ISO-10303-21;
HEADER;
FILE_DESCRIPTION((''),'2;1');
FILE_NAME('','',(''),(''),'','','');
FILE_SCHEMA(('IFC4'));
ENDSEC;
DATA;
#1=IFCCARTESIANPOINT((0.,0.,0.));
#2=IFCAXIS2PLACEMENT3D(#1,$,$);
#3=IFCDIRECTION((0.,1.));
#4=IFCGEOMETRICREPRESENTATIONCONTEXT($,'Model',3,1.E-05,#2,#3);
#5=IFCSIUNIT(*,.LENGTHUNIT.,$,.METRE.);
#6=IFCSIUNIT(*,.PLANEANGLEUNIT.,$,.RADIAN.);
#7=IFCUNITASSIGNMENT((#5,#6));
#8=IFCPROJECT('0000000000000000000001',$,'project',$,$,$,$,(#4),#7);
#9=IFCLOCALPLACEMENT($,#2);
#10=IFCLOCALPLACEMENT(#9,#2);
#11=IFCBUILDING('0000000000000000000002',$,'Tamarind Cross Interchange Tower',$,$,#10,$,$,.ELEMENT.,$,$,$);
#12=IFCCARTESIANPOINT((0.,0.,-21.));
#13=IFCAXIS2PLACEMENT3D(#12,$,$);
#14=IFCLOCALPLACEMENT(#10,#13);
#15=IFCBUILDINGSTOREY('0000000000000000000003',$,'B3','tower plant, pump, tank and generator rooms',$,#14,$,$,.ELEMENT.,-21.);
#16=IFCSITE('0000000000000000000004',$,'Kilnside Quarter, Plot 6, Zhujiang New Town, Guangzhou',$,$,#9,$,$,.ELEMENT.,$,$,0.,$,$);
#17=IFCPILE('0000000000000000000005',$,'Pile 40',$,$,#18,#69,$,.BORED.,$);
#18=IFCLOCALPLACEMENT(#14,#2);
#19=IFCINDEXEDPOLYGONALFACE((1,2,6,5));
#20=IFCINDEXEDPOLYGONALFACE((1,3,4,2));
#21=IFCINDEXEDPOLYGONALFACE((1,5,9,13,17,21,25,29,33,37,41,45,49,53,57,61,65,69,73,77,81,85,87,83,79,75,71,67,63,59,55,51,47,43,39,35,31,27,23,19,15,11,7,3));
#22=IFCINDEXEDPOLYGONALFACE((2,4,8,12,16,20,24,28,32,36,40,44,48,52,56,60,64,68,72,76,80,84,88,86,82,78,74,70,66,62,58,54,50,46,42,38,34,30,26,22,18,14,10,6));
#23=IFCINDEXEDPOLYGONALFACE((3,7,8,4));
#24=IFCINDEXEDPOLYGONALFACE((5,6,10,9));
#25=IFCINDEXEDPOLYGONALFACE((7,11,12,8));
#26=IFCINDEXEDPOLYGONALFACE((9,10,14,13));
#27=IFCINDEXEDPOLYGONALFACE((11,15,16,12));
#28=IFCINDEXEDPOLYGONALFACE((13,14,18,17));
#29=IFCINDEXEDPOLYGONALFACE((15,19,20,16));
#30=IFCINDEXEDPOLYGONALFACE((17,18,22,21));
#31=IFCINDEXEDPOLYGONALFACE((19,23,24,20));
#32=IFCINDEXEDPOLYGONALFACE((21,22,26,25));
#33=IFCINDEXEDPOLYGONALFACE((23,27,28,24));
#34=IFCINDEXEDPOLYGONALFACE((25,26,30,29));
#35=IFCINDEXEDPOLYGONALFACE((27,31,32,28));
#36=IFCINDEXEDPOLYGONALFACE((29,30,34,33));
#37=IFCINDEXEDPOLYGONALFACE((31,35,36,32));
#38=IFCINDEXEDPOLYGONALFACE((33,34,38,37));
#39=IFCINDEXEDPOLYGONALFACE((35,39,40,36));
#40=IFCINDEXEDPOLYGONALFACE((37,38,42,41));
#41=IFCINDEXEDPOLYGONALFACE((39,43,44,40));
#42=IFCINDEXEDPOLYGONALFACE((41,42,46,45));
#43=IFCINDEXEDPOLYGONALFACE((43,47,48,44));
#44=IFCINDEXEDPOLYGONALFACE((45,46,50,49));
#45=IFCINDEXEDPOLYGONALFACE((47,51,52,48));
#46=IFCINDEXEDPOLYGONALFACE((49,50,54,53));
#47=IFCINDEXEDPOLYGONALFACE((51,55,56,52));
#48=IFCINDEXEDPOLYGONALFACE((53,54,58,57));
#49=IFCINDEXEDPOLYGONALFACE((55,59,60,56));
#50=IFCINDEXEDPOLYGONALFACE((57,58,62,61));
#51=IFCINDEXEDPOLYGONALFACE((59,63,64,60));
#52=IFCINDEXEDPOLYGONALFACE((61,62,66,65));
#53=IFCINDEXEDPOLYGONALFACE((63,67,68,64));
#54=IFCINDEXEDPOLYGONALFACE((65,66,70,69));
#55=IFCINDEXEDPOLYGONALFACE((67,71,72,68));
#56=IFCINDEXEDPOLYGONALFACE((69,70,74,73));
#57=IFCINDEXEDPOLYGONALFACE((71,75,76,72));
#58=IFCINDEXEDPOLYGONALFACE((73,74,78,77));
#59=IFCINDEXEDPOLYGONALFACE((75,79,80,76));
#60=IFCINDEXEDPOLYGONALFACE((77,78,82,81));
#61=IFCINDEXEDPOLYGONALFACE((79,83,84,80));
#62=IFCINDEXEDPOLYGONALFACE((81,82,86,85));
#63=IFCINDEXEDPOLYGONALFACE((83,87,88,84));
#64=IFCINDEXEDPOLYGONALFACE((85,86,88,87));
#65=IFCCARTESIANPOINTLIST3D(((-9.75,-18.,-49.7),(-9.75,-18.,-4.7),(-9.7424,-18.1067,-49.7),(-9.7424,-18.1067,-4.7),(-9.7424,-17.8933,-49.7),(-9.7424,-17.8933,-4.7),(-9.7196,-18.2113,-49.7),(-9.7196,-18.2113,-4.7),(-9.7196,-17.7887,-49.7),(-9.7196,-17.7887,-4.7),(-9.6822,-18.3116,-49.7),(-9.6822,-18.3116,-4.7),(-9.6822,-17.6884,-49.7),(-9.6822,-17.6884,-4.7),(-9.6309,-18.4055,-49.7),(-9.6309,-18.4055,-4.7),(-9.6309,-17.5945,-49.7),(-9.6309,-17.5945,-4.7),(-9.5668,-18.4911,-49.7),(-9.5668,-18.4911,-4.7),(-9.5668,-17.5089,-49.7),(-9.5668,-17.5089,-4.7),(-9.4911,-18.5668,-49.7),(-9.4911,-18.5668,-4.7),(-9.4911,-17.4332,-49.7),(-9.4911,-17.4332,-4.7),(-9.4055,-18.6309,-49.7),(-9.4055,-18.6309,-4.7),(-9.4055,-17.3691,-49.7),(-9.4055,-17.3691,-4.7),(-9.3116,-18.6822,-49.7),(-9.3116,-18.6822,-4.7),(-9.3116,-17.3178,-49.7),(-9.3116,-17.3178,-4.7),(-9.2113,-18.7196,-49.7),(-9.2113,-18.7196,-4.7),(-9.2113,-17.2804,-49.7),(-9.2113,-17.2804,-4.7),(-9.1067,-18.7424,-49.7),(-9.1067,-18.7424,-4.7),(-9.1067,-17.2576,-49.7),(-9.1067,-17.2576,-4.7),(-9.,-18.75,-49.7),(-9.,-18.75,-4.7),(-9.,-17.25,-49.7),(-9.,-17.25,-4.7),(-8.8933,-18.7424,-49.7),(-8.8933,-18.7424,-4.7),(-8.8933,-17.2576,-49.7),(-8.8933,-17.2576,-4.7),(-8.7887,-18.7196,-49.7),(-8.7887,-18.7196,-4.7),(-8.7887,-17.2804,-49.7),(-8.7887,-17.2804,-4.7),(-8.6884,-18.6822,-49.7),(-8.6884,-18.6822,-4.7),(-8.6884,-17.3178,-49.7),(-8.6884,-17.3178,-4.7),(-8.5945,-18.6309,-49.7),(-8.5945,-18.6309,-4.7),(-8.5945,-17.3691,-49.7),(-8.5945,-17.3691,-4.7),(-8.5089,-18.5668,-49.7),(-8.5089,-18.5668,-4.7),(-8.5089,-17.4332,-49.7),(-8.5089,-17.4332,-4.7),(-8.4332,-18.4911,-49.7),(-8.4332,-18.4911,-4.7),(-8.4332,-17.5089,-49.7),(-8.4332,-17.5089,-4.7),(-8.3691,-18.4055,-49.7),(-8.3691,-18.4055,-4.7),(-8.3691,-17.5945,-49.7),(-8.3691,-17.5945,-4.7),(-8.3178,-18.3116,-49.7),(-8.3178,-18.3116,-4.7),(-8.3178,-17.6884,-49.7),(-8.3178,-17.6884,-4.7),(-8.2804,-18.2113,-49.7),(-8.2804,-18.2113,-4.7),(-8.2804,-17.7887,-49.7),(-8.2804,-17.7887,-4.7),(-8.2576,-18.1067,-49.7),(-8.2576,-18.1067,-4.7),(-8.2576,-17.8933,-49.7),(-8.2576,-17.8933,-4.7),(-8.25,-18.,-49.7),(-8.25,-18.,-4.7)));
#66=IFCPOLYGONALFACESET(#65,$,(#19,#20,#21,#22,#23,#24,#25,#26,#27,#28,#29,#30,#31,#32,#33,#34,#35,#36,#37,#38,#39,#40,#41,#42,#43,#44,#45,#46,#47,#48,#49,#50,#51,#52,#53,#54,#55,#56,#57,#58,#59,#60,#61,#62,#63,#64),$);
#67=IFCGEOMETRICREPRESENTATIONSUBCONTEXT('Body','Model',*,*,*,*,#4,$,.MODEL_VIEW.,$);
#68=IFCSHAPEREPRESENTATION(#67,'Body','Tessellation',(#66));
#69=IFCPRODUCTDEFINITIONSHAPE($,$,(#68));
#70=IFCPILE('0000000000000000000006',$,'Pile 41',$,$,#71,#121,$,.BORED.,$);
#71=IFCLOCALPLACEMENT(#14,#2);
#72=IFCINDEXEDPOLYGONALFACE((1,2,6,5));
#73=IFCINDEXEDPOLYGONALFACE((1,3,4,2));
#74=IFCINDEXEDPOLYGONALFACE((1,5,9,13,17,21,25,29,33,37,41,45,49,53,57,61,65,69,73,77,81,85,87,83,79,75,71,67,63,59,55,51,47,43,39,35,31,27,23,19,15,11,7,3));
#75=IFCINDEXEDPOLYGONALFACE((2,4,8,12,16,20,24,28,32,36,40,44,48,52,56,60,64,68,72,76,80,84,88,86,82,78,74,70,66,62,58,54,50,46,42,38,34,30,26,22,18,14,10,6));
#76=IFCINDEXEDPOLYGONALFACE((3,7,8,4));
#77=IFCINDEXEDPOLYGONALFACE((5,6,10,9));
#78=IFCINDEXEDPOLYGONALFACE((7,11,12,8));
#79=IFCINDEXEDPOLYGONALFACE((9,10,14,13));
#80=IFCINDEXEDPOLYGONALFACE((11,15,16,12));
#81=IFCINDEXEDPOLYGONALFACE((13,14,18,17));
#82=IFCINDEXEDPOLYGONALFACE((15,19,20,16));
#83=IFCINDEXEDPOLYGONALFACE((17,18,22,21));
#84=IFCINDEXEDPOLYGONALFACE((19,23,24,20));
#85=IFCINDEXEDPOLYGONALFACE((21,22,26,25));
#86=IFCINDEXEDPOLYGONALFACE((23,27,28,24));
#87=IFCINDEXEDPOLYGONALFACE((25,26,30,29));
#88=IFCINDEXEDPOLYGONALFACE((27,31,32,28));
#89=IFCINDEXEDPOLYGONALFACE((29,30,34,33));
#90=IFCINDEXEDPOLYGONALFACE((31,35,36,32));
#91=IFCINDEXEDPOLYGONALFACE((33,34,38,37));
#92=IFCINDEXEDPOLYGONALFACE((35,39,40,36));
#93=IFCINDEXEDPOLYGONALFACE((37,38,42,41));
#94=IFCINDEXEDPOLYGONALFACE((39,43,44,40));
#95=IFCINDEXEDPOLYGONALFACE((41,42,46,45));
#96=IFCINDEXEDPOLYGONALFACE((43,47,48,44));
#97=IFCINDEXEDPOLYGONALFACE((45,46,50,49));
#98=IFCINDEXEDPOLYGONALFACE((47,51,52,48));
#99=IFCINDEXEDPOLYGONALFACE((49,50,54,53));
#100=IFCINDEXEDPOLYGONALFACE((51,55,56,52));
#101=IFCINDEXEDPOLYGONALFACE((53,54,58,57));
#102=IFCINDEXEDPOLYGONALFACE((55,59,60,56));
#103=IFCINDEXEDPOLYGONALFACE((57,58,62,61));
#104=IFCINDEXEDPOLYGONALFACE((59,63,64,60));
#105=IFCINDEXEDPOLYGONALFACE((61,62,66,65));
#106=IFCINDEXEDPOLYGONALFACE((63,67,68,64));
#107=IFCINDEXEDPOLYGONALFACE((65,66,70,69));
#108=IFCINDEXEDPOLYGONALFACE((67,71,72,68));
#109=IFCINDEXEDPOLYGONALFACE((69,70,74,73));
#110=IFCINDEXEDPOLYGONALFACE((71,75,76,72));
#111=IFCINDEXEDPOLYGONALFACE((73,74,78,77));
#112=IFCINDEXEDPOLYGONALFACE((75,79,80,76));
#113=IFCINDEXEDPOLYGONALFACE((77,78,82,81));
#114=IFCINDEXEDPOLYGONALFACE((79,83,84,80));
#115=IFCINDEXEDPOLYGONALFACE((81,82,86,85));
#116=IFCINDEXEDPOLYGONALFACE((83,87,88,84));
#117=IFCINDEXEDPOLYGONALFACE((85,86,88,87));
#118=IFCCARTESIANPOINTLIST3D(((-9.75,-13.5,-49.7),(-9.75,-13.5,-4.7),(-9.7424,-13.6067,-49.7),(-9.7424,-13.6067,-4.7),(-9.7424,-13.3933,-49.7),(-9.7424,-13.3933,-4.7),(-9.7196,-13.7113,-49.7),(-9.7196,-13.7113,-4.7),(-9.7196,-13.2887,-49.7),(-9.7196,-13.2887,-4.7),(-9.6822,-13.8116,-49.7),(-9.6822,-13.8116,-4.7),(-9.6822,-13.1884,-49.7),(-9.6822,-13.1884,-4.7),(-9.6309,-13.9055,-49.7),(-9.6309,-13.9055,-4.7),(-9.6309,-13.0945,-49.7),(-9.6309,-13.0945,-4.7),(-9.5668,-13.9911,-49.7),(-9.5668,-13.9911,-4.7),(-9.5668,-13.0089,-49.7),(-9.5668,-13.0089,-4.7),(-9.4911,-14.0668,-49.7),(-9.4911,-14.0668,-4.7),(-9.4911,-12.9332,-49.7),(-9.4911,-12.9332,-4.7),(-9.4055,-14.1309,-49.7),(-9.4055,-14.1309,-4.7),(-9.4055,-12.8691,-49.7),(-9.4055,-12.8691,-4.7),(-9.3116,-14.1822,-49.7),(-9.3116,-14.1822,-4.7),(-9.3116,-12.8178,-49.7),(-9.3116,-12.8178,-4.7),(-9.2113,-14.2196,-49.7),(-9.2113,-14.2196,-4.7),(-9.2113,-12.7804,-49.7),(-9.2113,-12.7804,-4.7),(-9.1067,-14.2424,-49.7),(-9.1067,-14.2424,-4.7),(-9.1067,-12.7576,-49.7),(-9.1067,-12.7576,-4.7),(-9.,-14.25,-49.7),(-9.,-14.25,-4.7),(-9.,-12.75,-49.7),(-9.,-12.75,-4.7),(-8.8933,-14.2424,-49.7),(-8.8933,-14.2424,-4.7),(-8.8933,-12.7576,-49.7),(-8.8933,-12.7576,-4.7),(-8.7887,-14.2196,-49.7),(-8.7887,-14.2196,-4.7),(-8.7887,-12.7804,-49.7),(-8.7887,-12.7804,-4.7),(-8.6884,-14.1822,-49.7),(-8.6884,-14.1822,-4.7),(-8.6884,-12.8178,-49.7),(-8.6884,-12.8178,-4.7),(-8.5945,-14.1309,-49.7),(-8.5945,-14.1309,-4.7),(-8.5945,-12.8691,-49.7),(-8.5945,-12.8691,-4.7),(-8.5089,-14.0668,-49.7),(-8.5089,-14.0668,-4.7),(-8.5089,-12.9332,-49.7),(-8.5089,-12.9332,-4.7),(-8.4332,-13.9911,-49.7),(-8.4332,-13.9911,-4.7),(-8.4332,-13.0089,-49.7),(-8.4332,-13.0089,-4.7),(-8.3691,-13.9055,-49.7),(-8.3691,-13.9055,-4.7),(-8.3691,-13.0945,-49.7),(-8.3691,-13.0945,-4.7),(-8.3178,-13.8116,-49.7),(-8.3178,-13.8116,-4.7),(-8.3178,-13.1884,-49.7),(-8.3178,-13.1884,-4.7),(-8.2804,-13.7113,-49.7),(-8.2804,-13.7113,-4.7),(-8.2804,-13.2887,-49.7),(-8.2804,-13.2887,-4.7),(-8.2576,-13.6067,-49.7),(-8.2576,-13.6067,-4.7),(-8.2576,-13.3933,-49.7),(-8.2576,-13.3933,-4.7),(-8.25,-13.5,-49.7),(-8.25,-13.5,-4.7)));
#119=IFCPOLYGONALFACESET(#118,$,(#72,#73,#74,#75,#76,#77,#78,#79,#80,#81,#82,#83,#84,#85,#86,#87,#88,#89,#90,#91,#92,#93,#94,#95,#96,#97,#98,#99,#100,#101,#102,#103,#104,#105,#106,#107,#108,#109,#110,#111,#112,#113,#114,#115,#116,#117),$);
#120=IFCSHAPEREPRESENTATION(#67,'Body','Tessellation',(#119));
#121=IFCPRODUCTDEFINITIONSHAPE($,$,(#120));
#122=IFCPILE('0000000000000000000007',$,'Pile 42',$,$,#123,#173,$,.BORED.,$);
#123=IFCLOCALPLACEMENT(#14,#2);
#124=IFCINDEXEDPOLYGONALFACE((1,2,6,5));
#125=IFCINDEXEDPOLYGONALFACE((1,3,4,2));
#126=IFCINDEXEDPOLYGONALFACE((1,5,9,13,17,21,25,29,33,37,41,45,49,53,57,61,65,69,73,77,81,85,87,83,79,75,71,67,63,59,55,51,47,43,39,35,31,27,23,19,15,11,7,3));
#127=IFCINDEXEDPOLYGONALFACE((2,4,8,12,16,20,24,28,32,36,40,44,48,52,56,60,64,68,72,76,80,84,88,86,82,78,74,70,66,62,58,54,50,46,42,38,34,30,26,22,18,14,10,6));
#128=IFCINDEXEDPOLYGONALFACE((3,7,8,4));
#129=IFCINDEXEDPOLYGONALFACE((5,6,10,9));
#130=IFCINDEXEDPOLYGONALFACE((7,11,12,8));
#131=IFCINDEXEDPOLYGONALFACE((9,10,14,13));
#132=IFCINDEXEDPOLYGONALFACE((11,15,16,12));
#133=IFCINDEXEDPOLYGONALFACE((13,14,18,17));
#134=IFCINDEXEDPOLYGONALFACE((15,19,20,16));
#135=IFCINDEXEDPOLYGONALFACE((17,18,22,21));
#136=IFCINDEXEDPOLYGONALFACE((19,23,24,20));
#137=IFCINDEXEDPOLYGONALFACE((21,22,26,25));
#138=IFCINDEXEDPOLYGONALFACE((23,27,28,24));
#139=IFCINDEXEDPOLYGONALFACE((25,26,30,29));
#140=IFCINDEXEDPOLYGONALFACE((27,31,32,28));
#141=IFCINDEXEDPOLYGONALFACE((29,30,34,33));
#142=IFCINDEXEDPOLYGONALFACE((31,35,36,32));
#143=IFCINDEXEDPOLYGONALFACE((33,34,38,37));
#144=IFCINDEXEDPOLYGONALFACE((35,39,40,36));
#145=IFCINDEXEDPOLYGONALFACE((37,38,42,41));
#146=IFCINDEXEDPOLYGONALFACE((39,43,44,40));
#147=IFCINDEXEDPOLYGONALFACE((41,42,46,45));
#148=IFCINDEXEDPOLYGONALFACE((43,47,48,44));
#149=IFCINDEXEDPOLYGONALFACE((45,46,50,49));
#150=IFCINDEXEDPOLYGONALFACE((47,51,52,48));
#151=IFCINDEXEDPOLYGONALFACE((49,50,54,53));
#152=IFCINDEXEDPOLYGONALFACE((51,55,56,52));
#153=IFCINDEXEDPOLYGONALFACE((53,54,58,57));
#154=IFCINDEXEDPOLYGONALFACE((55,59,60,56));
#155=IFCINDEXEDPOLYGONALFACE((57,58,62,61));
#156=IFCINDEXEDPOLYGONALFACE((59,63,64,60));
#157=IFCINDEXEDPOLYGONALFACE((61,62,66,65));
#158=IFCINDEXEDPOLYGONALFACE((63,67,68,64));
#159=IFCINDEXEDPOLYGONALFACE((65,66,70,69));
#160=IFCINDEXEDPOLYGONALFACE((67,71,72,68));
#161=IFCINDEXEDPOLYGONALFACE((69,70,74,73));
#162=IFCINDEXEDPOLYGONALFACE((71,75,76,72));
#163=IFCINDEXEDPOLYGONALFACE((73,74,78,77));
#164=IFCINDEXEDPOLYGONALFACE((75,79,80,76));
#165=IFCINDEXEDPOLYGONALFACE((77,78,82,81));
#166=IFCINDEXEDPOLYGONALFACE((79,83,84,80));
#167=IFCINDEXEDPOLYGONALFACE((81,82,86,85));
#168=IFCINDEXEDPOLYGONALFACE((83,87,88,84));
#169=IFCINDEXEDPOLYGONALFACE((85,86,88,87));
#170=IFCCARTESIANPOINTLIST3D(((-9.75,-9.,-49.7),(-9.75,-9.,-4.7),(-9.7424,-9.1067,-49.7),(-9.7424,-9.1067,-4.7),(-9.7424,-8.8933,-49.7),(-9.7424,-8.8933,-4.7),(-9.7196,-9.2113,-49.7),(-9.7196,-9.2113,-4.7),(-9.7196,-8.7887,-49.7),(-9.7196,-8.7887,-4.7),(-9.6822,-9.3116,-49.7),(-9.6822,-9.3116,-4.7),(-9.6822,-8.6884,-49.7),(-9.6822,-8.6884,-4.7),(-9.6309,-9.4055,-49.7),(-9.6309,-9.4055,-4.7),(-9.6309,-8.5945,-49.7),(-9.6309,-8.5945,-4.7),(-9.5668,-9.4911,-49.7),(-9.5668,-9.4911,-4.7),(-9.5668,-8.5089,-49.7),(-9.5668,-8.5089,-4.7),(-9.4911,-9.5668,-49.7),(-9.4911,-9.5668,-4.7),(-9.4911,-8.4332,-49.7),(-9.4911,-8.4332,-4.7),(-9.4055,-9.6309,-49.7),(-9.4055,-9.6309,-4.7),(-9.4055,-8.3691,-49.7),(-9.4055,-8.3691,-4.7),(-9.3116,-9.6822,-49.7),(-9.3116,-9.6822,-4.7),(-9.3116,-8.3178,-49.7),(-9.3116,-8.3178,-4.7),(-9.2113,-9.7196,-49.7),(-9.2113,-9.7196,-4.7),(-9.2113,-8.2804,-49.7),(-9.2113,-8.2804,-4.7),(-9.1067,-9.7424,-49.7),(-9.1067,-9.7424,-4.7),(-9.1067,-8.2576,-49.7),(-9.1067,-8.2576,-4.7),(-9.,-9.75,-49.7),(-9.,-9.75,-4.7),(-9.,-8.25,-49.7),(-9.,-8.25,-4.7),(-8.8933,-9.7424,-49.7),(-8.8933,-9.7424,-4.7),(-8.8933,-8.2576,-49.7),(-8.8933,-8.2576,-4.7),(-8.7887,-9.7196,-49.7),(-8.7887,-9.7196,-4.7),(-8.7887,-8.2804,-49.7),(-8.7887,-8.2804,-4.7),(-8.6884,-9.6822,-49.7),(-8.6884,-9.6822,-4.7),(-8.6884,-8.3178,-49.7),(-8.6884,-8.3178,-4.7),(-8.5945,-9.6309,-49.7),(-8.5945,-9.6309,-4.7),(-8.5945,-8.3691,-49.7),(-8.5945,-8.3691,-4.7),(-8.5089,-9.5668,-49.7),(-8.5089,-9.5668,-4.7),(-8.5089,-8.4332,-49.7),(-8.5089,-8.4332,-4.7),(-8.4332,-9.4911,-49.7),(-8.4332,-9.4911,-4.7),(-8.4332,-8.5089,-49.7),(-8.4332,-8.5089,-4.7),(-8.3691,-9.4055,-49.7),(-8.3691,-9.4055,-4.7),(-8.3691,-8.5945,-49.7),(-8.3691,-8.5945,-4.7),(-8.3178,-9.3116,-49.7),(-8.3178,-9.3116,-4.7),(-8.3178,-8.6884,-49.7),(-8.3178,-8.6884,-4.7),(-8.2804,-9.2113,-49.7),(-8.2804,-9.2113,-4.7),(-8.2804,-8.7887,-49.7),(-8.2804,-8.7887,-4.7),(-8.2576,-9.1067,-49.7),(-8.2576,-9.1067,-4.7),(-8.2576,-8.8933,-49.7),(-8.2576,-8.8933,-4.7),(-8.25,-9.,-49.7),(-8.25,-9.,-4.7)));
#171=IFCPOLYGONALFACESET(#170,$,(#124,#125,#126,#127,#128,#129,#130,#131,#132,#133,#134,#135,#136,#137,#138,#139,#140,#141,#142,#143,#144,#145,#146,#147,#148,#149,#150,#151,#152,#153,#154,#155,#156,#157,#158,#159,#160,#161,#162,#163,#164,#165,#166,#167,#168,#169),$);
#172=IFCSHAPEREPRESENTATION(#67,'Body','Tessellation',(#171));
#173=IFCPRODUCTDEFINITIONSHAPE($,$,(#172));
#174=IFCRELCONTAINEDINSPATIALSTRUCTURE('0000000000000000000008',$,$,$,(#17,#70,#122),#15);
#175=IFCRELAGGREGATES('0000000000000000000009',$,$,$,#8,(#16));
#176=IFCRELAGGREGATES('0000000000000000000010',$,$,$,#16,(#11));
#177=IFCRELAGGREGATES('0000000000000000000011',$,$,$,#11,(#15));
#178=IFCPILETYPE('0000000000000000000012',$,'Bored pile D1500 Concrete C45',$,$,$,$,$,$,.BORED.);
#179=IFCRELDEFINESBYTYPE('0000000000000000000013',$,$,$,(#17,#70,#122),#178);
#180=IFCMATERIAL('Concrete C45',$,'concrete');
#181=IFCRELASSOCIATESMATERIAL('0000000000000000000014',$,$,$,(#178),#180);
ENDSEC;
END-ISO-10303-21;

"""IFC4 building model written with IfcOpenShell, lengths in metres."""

from ifc_helpers import new_model, si_unit, direction, frame, origin, origin_2d, place, context, subcontext, project, spatial, circle, extrude, material, material_profile, profile_set, type_object, element, save


model = new_model("IFC4")

# Units and contexts
model_context = context("Model", 3, precision=1e-05, world=origin(), true_north=direction((0.0, 1.0)))
body_context = subcontext(model_context, "Body", "Model", "MODEL_VIEW")
ifc_project = project(units=[si_unit("LENGTHUNIT", "METRE"), si_unit("PLANEANGLEUNIT", "RADIAN")], contexts=[model_context])

# Site, building, storey
site_placement = place(None, origin())
site = spatial("IfcSite", under=ifc_project, at=site_placement, Name="Kilnside Quarter, Plot 6, Zhujiang New Town, Guangzhou", CompositionType="ELEMENT", RefElevation=0.0)
building_placement = place(site_placement, origin())
building = spatial("IfcBuilding", under=site, at=building_placement, Name="Tamarind Cross Interchange Tower", CompositionType="ELEMENT")
storey_placement = place(building_placement, frame((0.0, 0.0, -21.0)))
storey = spatial("IfcBuildingStorey", under=building, at=storey_placement, Name="B3", Description="tower plant, pump, tank and generator rooms", CompositionType="ELEMENT", Elevation=-21.0)

# Piles
ifc_material_1 = material(Name="Concrete C45", Category="concrete")
ifc_material_profile = material_profile(ifc_material_1, circle(Radius=0.75, at=origin_2d()), Name="RC D1500")
ifc_profile_set = profile_set([ifc_material_profile], Name="Concrete C45")
pile_type = type_object("IfcPileType", Name="Bored pile D1500 Concrete C45", PredefinedType="BORED", material=ifc_profile_set)
for number, where, z_axis, x_axis, name in (
    (1, (-9.0, -18.0, -4.7), (0.0, 0.0, -1.0), (1.0, 0.0, 0.0), "Pile 40"),
    (2, (-9.0, -13.5, -4.7), (0.0, 0.0, -1.0), (1.0, 0.0, 0.0), "Pile 41"),
    (3, (-9.0, -9.0, -4.7), (0.0, 0.0, -1.0), (1.0, 0.0, 0.0), "Pile 42"),
):
    element("IfcPile", number, at=place(storey_placement, frame(where, z_axis=z_axis, x_axis=x_axis)), inside=storey, type_object=pile_type, Name=name, PredefinedType="BORED", context=body_context, shape_type="SweptSolid", body=[
        extrude(circle(Radius=0.75, at=origin_2d()), origin(), (0.0, 0.0, 1.0), 45.0),
    ])

save(model, "model.ifc")
